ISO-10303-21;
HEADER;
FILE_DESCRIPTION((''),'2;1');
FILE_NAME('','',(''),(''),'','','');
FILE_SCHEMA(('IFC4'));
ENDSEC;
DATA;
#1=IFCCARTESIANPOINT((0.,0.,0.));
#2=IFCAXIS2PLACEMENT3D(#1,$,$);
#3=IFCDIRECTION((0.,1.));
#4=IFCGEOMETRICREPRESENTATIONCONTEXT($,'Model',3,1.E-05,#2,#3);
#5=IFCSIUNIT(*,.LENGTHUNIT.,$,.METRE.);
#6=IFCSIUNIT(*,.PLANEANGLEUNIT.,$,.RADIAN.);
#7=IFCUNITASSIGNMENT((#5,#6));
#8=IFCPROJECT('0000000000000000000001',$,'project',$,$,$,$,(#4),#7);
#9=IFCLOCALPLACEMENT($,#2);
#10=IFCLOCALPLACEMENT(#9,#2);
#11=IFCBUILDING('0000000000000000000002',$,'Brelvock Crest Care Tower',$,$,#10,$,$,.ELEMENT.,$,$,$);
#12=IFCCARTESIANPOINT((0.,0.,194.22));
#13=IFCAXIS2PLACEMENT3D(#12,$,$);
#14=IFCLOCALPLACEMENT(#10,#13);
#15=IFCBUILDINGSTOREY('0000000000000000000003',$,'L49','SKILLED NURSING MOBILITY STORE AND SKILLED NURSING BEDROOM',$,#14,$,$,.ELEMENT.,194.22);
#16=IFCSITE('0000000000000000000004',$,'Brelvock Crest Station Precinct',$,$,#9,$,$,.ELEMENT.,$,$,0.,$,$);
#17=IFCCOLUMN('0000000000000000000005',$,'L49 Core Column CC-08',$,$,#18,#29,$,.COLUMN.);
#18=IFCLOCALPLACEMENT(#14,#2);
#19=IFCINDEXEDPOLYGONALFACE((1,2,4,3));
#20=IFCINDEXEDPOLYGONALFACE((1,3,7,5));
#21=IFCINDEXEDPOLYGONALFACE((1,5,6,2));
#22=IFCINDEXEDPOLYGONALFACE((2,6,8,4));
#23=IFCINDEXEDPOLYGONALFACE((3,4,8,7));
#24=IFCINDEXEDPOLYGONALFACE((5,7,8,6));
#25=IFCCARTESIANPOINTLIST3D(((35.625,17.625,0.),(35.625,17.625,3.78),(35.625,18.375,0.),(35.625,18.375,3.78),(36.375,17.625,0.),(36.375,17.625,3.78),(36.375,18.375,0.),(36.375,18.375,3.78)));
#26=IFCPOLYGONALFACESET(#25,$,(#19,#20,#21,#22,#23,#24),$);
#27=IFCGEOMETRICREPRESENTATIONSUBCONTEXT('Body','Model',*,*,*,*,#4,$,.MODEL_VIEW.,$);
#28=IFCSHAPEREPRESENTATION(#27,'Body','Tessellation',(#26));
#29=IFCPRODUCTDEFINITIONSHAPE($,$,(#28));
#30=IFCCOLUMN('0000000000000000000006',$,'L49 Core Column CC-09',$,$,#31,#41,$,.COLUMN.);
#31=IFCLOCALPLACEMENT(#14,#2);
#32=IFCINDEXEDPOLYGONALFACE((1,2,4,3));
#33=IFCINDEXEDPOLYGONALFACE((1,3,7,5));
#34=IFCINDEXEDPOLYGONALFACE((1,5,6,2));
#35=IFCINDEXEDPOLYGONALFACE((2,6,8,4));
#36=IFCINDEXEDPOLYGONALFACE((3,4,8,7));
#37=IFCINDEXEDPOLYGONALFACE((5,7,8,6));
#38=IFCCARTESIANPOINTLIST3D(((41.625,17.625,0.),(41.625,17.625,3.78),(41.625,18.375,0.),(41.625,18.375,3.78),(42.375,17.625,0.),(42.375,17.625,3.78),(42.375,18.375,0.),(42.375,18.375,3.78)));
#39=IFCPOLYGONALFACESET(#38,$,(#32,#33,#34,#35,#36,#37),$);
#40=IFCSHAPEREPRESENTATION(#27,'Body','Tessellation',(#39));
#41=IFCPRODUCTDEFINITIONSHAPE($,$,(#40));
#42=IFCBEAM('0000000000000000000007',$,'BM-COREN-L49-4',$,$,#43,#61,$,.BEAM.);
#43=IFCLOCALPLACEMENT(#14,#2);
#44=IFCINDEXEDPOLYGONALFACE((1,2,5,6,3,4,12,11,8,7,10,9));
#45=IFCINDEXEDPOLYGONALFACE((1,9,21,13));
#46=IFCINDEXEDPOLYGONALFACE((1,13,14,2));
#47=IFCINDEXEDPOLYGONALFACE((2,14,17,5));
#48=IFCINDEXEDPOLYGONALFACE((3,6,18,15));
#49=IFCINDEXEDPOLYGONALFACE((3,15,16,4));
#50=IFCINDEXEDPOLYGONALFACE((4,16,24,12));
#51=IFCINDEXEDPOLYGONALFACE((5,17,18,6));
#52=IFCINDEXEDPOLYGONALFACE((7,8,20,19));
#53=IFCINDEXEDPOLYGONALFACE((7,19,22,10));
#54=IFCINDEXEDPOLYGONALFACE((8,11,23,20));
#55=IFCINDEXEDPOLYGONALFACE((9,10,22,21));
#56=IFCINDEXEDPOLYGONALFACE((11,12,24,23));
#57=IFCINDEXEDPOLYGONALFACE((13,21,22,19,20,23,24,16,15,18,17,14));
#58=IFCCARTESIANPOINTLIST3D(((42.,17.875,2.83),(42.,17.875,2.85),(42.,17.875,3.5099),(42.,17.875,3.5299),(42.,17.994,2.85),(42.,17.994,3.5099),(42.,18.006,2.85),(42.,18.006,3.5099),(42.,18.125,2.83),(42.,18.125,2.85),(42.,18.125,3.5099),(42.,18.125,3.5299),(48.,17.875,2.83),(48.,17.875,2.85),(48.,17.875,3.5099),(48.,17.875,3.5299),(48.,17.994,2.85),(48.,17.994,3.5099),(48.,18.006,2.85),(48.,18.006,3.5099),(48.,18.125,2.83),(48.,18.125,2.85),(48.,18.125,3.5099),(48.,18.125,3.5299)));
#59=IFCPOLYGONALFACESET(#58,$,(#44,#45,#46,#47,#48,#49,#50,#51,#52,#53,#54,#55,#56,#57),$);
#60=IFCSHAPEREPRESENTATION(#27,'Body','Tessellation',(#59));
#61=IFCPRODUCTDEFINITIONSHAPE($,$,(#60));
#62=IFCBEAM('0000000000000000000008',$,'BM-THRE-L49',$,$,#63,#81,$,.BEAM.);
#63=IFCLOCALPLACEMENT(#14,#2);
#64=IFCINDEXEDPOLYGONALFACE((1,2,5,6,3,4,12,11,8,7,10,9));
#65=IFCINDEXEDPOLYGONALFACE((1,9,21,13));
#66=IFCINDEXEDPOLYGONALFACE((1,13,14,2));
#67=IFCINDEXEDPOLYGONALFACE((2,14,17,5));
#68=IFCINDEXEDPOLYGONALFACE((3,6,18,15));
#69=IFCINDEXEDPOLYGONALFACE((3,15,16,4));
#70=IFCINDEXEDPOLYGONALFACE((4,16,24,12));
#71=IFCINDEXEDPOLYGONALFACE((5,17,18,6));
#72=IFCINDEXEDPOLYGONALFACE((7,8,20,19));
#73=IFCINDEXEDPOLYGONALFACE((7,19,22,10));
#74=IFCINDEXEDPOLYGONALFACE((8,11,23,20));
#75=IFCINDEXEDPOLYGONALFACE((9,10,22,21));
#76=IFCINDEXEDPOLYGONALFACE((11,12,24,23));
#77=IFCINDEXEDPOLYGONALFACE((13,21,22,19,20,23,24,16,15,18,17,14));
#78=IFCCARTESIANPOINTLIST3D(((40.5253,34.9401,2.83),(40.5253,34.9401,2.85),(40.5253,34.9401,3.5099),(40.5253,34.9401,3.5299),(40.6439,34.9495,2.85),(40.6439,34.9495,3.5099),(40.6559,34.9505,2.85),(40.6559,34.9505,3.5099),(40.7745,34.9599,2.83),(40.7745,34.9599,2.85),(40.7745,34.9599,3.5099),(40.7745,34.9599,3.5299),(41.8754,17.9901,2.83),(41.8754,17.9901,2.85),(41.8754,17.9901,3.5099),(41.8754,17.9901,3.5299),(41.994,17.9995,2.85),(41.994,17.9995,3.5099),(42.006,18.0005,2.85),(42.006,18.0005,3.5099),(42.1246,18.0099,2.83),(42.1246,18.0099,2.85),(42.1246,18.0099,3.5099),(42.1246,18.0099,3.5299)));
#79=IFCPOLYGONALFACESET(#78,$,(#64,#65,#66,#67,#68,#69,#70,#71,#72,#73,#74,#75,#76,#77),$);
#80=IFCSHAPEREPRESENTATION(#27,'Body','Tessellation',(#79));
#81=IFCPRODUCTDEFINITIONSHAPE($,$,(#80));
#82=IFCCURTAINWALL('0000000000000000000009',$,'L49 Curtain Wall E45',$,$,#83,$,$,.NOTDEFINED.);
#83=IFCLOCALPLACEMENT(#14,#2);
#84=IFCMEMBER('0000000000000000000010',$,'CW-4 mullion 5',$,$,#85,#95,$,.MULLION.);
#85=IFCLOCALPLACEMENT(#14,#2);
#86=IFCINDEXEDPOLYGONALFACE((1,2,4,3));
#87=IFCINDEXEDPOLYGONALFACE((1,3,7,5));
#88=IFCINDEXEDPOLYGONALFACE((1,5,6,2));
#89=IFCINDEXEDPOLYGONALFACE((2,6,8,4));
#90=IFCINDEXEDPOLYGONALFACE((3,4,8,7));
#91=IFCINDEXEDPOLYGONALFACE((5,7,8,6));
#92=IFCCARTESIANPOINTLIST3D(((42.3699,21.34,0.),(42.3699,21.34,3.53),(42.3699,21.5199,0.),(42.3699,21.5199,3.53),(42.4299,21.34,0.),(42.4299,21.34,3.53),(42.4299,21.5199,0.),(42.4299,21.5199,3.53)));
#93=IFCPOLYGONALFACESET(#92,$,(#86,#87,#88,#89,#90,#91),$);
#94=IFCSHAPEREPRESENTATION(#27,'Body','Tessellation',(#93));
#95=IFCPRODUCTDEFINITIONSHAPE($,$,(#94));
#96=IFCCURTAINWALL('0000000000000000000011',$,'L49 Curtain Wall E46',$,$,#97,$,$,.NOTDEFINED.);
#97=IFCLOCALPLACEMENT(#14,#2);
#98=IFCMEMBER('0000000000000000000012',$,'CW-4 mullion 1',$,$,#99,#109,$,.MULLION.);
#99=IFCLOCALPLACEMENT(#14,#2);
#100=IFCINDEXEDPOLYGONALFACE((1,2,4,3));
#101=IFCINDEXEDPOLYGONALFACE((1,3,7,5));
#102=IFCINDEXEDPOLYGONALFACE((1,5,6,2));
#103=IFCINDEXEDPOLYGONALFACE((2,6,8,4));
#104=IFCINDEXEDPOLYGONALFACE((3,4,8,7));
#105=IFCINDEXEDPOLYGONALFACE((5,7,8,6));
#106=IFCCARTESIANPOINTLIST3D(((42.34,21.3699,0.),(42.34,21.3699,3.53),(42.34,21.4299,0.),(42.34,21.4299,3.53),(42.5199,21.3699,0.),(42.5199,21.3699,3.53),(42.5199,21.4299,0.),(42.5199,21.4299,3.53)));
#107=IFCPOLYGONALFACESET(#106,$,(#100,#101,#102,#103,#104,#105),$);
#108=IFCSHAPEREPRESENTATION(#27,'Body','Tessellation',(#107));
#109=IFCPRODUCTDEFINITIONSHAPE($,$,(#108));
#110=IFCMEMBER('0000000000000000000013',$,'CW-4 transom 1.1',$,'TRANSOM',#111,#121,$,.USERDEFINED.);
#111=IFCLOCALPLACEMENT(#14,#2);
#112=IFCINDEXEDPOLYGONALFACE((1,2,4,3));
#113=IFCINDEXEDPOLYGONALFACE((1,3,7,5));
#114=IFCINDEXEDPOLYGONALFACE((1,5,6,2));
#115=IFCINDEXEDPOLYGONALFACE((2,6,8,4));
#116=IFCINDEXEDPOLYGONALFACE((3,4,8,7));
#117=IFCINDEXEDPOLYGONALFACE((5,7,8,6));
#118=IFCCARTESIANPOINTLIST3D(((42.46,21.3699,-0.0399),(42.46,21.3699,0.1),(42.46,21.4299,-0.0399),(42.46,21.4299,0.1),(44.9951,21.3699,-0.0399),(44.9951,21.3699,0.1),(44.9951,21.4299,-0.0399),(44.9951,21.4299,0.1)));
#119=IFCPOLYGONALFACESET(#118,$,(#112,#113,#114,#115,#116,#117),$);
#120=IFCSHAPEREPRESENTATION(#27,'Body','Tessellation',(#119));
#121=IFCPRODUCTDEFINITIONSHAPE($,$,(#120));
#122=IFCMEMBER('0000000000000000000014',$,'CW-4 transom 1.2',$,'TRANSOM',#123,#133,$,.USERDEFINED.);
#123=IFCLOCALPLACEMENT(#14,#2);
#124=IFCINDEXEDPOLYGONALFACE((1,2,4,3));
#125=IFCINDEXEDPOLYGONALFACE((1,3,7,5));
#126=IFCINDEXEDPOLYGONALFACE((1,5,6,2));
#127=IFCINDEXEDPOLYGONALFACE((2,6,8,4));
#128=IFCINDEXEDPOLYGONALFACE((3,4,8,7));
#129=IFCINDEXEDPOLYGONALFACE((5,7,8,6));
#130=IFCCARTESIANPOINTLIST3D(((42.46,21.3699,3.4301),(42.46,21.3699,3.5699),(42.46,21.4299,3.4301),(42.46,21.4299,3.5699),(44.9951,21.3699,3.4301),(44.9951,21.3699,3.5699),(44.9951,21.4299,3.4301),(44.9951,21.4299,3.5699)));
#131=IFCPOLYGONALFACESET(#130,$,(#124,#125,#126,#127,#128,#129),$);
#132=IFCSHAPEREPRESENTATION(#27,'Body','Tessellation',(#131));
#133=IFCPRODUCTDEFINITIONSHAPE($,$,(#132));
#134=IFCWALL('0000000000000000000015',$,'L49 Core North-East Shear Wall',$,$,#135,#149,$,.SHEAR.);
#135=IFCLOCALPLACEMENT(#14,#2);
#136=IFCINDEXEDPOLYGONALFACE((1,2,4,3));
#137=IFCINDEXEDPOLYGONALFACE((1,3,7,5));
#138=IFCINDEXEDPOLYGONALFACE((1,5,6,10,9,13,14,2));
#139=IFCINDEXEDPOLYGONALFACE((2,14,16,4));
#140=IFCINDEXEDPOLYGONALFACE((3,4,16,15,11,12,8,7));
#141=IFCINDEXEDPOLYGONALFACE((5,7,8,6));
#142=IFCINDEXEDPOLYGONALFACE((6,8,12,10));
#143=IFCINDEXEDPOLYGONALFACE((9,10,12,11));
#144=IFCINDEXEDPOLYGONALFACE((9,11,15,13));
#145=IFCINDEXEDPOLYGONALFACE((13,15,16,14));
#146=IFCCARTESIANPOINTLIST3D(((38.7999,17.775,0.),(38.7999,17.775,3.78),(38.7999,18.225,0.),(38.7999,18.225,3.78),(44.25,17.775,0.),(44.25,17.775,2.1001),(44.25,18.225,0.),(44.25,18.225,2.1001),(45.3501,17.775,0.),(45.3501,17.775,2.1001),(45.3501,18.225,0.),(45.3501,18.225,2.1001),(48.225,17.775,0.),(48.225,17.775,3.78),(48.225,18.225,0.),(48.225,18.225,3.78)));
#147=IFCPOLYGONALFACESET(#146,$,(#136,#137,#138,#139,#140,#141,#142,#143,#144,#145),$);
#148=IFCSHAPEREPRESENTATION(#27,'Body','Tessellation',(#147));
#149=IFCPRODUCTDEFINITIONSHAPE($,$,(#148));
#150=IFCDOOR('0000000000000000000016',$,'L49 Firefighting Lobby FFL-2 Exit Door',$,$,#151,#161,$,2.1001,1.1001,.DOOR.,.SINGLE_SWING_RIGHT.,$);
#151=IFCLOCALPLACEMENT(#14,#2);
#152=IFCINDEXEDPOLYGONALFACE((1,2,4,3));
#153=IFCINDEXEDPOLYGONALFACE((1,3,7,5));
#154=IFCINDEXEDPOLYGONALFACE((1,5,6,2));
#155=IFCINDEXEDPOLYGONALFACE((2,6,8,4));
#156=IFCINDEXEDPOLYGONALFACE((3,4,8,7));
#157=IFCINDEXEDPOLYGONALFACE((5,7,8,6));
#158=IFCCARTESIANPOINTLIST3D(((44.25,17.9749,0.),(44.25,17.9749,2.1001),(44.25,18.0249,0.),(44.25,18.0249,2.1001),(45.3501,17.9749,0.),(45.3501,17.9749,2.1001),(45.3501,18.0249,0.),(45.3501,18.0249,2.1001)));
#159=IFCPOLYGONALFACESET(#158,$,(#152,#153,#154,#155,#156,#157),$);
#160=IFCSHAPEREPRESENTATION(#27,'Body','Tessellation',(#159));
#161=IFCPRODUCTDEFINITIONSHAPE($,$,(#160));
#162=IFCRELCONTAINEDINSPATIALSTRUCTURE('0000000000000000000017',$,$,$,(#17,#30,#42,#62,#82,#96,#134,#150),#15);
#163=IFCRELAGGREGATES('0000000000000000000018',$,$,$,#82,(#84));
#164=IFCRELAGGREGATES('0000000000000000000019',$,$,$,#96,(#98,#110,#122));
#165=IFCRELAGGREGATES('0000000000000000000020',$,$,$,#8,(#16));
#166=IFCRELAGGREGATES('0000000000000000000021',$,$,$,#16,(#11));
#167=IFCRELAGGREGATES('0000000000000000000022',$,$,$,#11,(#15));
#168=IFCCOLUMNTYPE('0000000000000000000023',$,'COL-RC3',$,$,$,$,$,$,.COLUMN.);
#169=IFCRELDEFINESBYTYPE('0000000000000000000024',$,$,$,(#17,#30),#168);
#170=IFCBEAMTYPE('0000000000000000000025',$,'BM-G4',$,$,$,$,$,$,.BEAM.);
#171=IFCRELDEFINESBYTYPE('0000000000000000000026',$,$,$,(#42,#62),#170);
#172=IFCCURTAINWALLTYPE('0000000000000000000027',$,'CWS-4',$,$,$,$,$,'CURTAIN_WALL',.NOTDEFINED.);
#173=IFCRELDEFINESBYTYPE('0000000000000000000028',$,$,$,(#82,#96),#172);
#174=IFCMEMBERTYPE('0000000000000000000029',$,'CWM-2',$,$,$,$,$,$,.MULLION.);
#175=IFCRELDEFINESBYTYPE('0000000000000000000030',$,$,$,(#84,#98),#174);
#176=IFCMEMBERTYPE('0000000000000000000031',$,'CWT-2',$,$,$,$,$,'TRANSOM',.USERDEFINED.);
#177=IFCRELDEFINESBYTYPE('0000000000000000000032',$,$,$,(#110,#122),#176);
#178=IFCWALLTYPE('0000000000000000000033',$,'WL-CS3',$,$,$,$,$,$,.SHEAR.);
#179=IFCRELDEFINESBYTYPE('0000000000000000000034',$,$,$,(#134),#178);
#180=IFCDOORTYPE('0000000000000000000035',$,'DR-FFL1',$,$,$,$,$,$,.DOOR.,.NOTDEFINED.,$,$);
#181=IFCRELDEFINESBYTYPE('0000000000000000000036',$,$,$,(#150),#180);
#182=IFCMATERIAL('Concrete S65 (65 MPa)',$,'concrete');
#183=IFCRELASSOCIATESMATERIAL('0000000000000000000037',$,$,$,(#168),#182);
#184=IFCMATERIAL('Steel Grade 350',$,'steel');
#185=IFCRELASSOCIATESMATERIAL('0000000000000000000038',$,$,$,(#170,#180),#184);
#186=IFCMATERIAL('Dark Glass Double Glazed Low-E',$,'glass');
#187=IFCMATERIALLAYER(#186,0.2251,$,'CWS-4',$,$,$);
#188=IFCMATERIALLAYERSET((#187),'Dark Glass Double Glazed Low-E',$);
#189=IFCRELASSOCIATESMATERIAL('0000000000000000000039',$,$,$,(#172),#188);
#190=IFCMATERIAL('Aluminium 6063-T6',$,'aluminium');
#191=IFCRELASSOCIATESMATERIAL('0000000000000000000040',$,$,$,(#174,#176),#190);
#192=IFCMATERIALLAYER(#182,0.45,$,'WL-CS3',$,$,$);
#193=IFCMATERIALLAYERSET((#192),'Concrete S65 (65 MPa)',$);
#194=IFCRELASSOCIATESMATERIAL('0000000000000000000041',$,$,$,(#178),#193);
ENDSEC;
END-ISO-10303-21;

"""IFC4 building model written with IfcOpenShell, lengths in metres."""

from ifc_helpers import new_model, si_unit, direction, frame, frame_2d, origin, origin_2d, place, context, subcontext, project, spatial, rectangle, i_section, extrude, source, transform, mapped, material, layer, layer_set, material_profile, profile_set, type_object, element, fill, aggregate, save


model = new_model("IFC4")

# Units and contexts
model_context = context("Model", 3, precision=1e-05, world=origin(), true_north=direction((0.0, 1.0)))
body_context = subcontext(model_context, "Body", "Model", "MODEL_VIEW")
ifc_project = project(units=[si_unit("LENGTHUNIT", "METRE"), si_unit("PLANEANGLEUNIT", "RADIAN")], contexts=[model_context])

# Site, building, storey
site_placement = place(None, origin())
site = spatial("IfcSite", under=ifc_project, at=site_placement, Name="Brelvock Crest Station Precinct", CompositionType="ELEMENT", RefElevation=0.0)
building_placement = place(site_placement, origin())
building = spatial("IfcBuilding", under=site, at=building_placement, Name="Brelvock Crest Care Tower", CompositionType="ELEMENT")
storey_placement = place(building_placement, frame((0.0, 0.0, 194.22)))
storey = spatial("IfcBuildingStorey", under=building, at=storey_placement, Name="L49", Description="SKILLED NURSING MOBILITY STORE AND SKILLED NURSING BEDROOM", CompositionType="ELEMENT", Elevation=194.22)

# Columns
ifc_material_1 = material(Name="Concrete S65 (65 MPa)", Category="concrete")
ifc_material_profile_1 = material_profile(ifc_material_1, rectangle(XDim=0.75, YDim=0.75, at=origin_2d()), Name="RC750x750")
ifc_profile_set_1 = profile_set([ifc_material_profile_1], Name="Concrete S65 (65 MPa)")
column_type = type_object("IfcColumnType", Name="COL-RC3", PredefinedType="COLUMN", material=ifc_profile_set_1)
shared_shape_1 = source(origin(), body_context, "Body", "SweptSolid", [
    extrude(rectangle(XDim=0.75, YDim=0.75, at=origin_2d()), origin(), (0.0, 0.0, 1.0), 3.78),
])
for number, where, z_axis, x_axis, name in (
    (1, (36.0, 18.0, 0.0), (0.0, 0.0, 1.0), (1.0, 0.0, 0.0), "L49 Core Column CC-08"),
    (2, (42.0, 18.0, 0.0), (0.0, 0.0, 1.0), (1.0, 0.0, 0.0), "L49 Core Column CC-09"),
):
    element("IfcColumn", number, at=place(storey_placement, frame(where, z_axis=z_axis, x_axis=x_axis)), inside=storey, type_object=column_type, Name=name, PredefinedType="COLUMN", context=body_context, shape_type="MappedRepresentation", body=[
        mapped(shared_shape_1, transform((0.0, 0.0, 0.0), x_axis=(1.0, 0.0, 0.0), y_axis=(0.0, 1.0, 0.0), z_axis=(0.0, 0.0, 1.0), scale=1.0)),
    ])

# Beams
ifc_material_2 = material(Name="Steel Grade 350", Category="steel")
ifc_material_profile_2 = material_profile(ifc_material_2, i_section(OverallWidth=0.25, OverallDepth=0.7, WebThickness=0.012, FlangeThickness=0.02, at=origin_2d()), Name="700WB150")
ifc_profile_set_2 = profile_set([ifc_material_profile_2], Name="Steel Grade 350")
beam_type = type_object("IfcBeamType", Name="BM-G4", PredefinedType="BEAM", material=ifc_profile_set_2)
shared_shape_2 = source(origin(), body_context, "Body", "SweptSolid", [
    extrude(i_section(OverallWidth=0.25, OverallDepth=0.7, WebThickness=0.012, FlangeThickness=0.02, at=origin_2d()), origin(), (0.0, 0.0, 1.0), 6.0),
])
beam_1_placement = place(storey_placement, frame((42.0, 18.0, 3.1799), z_axis=(1.0, 0.0, 0.0), x_axis=(0.0, 1.0, 0.0)))
element("IfcBeam", 3, at=beam_1_placement, inside=storey, type_object=beam_type, Name="BM-COREN-L49-4", PredefinedType="BEAM", context=body_context, shape_type="MappedRepresentation", body=[
    mapped(shared_shape_2, transform((0.0, 0.0, 0.0), x_axis=(1.0, 0.0, 0.0), y_axis=(0.0, 1.0, 0.0), z_axis=(0.0, 0.0, 1.0), scale=1.0)),
])
shared_shape_3 = source(origin(), body_context, "Body", "SweptSolid", [
    extrude(i_section(OverallWidth=0.25, OverallDepth=0.7, WebThickness=0.012, FlangeThickness=0.02, at=origin_2d()), origin(), (0.0, 0.0, 1.0), 17.0037),
])
beam_2_placement = place(storey_placement, frame((42.0, 18.0, 3.1799), z_axis=(-0.079401, 0.996843, 0.0), x_axis=(-0.996843, -0.079401, 0.0)))
element("IfcBeam", 4, at=beam_2_placement, inside=storey, type_object=beam_type, Name="BM-THRE-L49", PredefinedType="BEAM", context=body_context, shape_type="MappedRepresentation", body=[
    mapped(shared_shape_3, transform((0.0, 0.0, 0.0), x_axis=(1.0, 0.0, 0.0), y_axis=(0.0, 1.0, 0.0), z_axis=(0.0, 0.0, 1.0), scale=1.0)),
])

# Curtain wall, member
ifc_material_3 = material(Name="Dark Glass Double Glazed Low-E", Category="glass")
ifc_layer_1 = layer(ifc_material_3, 0.2251, Name="CWS-4")
ifc_layer_set_1 = layer_set([ifc_layer_1], Name="Dark Glass Double Glazed Low-E")
curtain_wall_type = type_object("IfcCurtainWallType", Name="CWS-4", ElementType="CURTAIN_WALL", PredefinedType="NOTDEFINED", material=ifc_layer_set_1)
curtain_wall_1_placement = place(storey_placement, origin())
curtain_wall_1 = element("IfcCurtainWall", 5, at=curtain_wall_1_placement, inside=storey, type_object=curtain_wall_type, Name="L49 Curtain Wall E45", PredefinedType="NOTDEFINED")
ifc_material_4 = material(Name="Aluminium 6063-T6", Category="aluminium")
ifc_material_profile_3 = material_profile(ifc_material_4, rectangle(XDim=0.0601, YDim=0.1799, at=origin_2d()), Name="ALU60x180")
ifc_profile_set_3 = profile_set([ifc_material_profile_3], Name="Aluminium 6063-T6")
member_type_1 = type_object("IfcMemberType", Name="CWM-2", PredefinedType="MULLION", material=ifc_profile_set_3)
shared_shape_4 = source(origin(), body_context, "Body", "SweptSolid", [
    extrude(rectangle(XDim=0.0601, YDim=0.1799, at=origin_2d()), origin(), (0.0, 0.0, 1.0), 3.53),
])
member_1_placement = place(storey_placement, frame((42.3999, 21.4299, 0.0), z_axis=(0.0, 0.0, 1.0), x_axis=(1.0, 0.0, 0.0)))
member_1 = element("IfcMember", 6, at=member_1_placement, type_object=member_type_1, Name="CW-4 mullion 5", PredefinedType="MULLION", context=body_context, shape_type="MappedRepresentation", body=[
    mapped(shared_shape_4, transform((0.0, 0.0, 0.0), x_axis=(1.0, 0.0, 0.0), y_axis=(0.0, 1.0, 0.0), z_axis=(0.0, 0.0, 1.0), scale=1.0)),
])
aggregate(curtain_wall_1, [member_1])

# Curtain wall, members
curtain_wall_2_placement = place(storey_placement, origin())
curtain_wall_2 = element("IfcCurtainWall", 7, at=curtain_wall_2_placement, inside=storey, type_object=curtain_wall_type, Name="L49 Curtain Wall E46", PredefinedType="NOTDEFINED")
member_2_placement = place(storey_placement, frame((42.4299, 21.3999, 0.0), z_axis=(0.0, 0.0, 1.0), x_axis=(0.0, 1.0, 0.0)))
member_2 = element("IfcMember", 8, at=member_2_placement, type_object=member_type_1, Name="CW-4 mullion 1", PredefinedType="MULLION", context=body_context, shape_type="MappedRepresentation", body=[
    mapped(shared_shape_4, transform((0.0, 0.0, 0.0), x_axis=(1.0, 0.0, 0.0), y_axis=(0.0, 1.0, 0.0), z_axis=(0.0, 0.0, 1.0), scale=1.0)),
])
ifc_material_profile_4 = material_profile(ifc_material_4, rectangle(XDim=0.0601, YDim=0.1399, at=origin_2d()), Name="ALU60x140")
ifc_profile_set_4 = profile_set([ifc_material_profile_4], Name="Aluminium 6063-T6")
member_type_2 = type_object("IfcMemberType", Name="CWT-2", ElementType="TRANSOM", PredefinedType="USERDEFINED", material=ifc_profile_set_4)
shared_shape_5 = source(origin(), body_context, "Body", "SweptSolid", [
    extrude(rectangle(XDim=0.0601, YDim=0.1399, at=origin_2d()), origin(), (0.0, 0.0, 1.0), 2.5352),
])
member_3_placement = place(storey_placement, frame((42.46, 21.3999, 0.03), z_axis=(1.0, 0.0, 0.0), x_axis=(0.0, 1.0, 0.0)))
member_3 = element("IfcMember", 9, at=member_3_placement, type_object=member_type_2, Name="CW-4 transom 1.1", ObjectType="TRANSOM", PredefinedType="USERDEFINED", context=body_context, shape_type="MappedRepresentation", body=[
    mapped(shared_shape_5, transform((0.0, 0.0, 0.0), x_axis=(1.0, 0.0, 0.0), y_axis=(0.0, 1.0, 0.0), z_axis=(0.0, 0.0, 1.0), scale=1.0)),
])
member_4_placement = place(storey_placement, frame((42.46, 21.3999, 3.5), z_axis=(1.0, 0.0, 0.0), x_axis=(0.0, 1.0, 0.0)))
member_4 = element("IfcMember", 10, at=member_4_placement, type_object=member_type_2, Name="CW-4 transom 1.2", ObjectType="TRANSOM", PredefinedType="USERDEFINED", context=body_context, shape_type="MappedRepresentation", body=[
    mapped(shared_shape_5, transform((0.0, 0.0, 0.0), x_axis=(1.0, 0.0, 0.0), y_axis=(0.0, 1.0, 0.0), z_axis=(0.0, 0.0, 1.0), scale=1.0)),
])
aggregate(curtain_wall_2, [member_2, member_3, member_4])

# Wall, opening, door
ifc_layer_2 = layer(ifc_material_1, 0.45, Name="WL-CS3")
ifc_layer_set_2 = layer_set([ifc_layer_2], Name="Concrete S65 (65 MPa)")
wall_type_1 = type_object("IfcWallType", Name="WL-CS3", PredefinedType="SHEAR", material=ifc_layer_set_2)
wall_1_placement = place(storey_placement, frame((38.8, 18.0, 0.0), z_axis=(0.0, 0.0, 1.0), x_axis=(1.0, 0.0, 0.0)))
wall_1 = element("IfcWall", 11, at=wall_1_placement, inside=storey, type_object=wall_type_1, Name="L49 Core North-East Shear Wall", PredefinedType="SHEAR", context=body_context, shape_type="SweptSolid", body=[
    extrude(rectangle(XDim=9.425, YDim=0.45, at=frame_2d((4.7124, 0.0))), origin(), (0.0, 0.0, 1.0), 3.78),
])
opening_1_placement = place(wall_1_placement, frame((5.45, 0.0, 0.0)))
opening_1 = element("IfcOpeningElement", 12, at=opening_1_placement, cuts=wall_1, PredefinedType="OPENING", context=body_context, shape_type="SweptSolid", body=[
    extrude(rectangle(XDim=1.1001, YDim=2.1001, at=origin_2d()), frame((0.55, 0.2349, 1.05), z_axis=(0.0, -1.0, 0.0), x_axis=(1.0, 0.0, 0.0)), (0.0, 0.0, 1.0), 0.47),
])
door_type_1 = type_object("IfcDoorType", Name="DR-FFL1", OperationType="NOTDEFINED", PredefinedType="DOOR", material=ifc_material_2)
shared_shape_6 = source(origin(), body_context, "Body", "SweptSolid", [
    extrude(rectangle(XDim=1.1001, YDim=2.1001, at=origin_2d()), frame((0.55, 0.0249, 1.05), z_axis=(0.0, -1.0, 0.0), x_axis=(1.0, 0.0, 0.0)), (0.0, 0.0, 1.0), 0.05),
])
door_1_placement = place(opening_1_placement, origin())
door_1 = element("IfcDoor", 13, at=door_1_placement, inside=storey, type_object=door_type_1, Name="L49 Firefighting Lobby FFL-2 Exit Door", OperationType="SINGLE_SWING_RIGHT", OverallHeight=2.1001, OverallWidth=1.1001, PredefinedType="DOOR", context=body_context, shape_type="MappedRepresentation", body=[
    mapped(shared_shape_6, transform((0.0, 0.0, 0.0), x_axis=(1.0, 0.0, 0.0), y_axis=(0.0, 1.0, 0.0), z_axis=(0.0, 0.0, 1.0), scale=1.0)),
])
fill(opening_1, door_1)

save(model, "model.ifc")
